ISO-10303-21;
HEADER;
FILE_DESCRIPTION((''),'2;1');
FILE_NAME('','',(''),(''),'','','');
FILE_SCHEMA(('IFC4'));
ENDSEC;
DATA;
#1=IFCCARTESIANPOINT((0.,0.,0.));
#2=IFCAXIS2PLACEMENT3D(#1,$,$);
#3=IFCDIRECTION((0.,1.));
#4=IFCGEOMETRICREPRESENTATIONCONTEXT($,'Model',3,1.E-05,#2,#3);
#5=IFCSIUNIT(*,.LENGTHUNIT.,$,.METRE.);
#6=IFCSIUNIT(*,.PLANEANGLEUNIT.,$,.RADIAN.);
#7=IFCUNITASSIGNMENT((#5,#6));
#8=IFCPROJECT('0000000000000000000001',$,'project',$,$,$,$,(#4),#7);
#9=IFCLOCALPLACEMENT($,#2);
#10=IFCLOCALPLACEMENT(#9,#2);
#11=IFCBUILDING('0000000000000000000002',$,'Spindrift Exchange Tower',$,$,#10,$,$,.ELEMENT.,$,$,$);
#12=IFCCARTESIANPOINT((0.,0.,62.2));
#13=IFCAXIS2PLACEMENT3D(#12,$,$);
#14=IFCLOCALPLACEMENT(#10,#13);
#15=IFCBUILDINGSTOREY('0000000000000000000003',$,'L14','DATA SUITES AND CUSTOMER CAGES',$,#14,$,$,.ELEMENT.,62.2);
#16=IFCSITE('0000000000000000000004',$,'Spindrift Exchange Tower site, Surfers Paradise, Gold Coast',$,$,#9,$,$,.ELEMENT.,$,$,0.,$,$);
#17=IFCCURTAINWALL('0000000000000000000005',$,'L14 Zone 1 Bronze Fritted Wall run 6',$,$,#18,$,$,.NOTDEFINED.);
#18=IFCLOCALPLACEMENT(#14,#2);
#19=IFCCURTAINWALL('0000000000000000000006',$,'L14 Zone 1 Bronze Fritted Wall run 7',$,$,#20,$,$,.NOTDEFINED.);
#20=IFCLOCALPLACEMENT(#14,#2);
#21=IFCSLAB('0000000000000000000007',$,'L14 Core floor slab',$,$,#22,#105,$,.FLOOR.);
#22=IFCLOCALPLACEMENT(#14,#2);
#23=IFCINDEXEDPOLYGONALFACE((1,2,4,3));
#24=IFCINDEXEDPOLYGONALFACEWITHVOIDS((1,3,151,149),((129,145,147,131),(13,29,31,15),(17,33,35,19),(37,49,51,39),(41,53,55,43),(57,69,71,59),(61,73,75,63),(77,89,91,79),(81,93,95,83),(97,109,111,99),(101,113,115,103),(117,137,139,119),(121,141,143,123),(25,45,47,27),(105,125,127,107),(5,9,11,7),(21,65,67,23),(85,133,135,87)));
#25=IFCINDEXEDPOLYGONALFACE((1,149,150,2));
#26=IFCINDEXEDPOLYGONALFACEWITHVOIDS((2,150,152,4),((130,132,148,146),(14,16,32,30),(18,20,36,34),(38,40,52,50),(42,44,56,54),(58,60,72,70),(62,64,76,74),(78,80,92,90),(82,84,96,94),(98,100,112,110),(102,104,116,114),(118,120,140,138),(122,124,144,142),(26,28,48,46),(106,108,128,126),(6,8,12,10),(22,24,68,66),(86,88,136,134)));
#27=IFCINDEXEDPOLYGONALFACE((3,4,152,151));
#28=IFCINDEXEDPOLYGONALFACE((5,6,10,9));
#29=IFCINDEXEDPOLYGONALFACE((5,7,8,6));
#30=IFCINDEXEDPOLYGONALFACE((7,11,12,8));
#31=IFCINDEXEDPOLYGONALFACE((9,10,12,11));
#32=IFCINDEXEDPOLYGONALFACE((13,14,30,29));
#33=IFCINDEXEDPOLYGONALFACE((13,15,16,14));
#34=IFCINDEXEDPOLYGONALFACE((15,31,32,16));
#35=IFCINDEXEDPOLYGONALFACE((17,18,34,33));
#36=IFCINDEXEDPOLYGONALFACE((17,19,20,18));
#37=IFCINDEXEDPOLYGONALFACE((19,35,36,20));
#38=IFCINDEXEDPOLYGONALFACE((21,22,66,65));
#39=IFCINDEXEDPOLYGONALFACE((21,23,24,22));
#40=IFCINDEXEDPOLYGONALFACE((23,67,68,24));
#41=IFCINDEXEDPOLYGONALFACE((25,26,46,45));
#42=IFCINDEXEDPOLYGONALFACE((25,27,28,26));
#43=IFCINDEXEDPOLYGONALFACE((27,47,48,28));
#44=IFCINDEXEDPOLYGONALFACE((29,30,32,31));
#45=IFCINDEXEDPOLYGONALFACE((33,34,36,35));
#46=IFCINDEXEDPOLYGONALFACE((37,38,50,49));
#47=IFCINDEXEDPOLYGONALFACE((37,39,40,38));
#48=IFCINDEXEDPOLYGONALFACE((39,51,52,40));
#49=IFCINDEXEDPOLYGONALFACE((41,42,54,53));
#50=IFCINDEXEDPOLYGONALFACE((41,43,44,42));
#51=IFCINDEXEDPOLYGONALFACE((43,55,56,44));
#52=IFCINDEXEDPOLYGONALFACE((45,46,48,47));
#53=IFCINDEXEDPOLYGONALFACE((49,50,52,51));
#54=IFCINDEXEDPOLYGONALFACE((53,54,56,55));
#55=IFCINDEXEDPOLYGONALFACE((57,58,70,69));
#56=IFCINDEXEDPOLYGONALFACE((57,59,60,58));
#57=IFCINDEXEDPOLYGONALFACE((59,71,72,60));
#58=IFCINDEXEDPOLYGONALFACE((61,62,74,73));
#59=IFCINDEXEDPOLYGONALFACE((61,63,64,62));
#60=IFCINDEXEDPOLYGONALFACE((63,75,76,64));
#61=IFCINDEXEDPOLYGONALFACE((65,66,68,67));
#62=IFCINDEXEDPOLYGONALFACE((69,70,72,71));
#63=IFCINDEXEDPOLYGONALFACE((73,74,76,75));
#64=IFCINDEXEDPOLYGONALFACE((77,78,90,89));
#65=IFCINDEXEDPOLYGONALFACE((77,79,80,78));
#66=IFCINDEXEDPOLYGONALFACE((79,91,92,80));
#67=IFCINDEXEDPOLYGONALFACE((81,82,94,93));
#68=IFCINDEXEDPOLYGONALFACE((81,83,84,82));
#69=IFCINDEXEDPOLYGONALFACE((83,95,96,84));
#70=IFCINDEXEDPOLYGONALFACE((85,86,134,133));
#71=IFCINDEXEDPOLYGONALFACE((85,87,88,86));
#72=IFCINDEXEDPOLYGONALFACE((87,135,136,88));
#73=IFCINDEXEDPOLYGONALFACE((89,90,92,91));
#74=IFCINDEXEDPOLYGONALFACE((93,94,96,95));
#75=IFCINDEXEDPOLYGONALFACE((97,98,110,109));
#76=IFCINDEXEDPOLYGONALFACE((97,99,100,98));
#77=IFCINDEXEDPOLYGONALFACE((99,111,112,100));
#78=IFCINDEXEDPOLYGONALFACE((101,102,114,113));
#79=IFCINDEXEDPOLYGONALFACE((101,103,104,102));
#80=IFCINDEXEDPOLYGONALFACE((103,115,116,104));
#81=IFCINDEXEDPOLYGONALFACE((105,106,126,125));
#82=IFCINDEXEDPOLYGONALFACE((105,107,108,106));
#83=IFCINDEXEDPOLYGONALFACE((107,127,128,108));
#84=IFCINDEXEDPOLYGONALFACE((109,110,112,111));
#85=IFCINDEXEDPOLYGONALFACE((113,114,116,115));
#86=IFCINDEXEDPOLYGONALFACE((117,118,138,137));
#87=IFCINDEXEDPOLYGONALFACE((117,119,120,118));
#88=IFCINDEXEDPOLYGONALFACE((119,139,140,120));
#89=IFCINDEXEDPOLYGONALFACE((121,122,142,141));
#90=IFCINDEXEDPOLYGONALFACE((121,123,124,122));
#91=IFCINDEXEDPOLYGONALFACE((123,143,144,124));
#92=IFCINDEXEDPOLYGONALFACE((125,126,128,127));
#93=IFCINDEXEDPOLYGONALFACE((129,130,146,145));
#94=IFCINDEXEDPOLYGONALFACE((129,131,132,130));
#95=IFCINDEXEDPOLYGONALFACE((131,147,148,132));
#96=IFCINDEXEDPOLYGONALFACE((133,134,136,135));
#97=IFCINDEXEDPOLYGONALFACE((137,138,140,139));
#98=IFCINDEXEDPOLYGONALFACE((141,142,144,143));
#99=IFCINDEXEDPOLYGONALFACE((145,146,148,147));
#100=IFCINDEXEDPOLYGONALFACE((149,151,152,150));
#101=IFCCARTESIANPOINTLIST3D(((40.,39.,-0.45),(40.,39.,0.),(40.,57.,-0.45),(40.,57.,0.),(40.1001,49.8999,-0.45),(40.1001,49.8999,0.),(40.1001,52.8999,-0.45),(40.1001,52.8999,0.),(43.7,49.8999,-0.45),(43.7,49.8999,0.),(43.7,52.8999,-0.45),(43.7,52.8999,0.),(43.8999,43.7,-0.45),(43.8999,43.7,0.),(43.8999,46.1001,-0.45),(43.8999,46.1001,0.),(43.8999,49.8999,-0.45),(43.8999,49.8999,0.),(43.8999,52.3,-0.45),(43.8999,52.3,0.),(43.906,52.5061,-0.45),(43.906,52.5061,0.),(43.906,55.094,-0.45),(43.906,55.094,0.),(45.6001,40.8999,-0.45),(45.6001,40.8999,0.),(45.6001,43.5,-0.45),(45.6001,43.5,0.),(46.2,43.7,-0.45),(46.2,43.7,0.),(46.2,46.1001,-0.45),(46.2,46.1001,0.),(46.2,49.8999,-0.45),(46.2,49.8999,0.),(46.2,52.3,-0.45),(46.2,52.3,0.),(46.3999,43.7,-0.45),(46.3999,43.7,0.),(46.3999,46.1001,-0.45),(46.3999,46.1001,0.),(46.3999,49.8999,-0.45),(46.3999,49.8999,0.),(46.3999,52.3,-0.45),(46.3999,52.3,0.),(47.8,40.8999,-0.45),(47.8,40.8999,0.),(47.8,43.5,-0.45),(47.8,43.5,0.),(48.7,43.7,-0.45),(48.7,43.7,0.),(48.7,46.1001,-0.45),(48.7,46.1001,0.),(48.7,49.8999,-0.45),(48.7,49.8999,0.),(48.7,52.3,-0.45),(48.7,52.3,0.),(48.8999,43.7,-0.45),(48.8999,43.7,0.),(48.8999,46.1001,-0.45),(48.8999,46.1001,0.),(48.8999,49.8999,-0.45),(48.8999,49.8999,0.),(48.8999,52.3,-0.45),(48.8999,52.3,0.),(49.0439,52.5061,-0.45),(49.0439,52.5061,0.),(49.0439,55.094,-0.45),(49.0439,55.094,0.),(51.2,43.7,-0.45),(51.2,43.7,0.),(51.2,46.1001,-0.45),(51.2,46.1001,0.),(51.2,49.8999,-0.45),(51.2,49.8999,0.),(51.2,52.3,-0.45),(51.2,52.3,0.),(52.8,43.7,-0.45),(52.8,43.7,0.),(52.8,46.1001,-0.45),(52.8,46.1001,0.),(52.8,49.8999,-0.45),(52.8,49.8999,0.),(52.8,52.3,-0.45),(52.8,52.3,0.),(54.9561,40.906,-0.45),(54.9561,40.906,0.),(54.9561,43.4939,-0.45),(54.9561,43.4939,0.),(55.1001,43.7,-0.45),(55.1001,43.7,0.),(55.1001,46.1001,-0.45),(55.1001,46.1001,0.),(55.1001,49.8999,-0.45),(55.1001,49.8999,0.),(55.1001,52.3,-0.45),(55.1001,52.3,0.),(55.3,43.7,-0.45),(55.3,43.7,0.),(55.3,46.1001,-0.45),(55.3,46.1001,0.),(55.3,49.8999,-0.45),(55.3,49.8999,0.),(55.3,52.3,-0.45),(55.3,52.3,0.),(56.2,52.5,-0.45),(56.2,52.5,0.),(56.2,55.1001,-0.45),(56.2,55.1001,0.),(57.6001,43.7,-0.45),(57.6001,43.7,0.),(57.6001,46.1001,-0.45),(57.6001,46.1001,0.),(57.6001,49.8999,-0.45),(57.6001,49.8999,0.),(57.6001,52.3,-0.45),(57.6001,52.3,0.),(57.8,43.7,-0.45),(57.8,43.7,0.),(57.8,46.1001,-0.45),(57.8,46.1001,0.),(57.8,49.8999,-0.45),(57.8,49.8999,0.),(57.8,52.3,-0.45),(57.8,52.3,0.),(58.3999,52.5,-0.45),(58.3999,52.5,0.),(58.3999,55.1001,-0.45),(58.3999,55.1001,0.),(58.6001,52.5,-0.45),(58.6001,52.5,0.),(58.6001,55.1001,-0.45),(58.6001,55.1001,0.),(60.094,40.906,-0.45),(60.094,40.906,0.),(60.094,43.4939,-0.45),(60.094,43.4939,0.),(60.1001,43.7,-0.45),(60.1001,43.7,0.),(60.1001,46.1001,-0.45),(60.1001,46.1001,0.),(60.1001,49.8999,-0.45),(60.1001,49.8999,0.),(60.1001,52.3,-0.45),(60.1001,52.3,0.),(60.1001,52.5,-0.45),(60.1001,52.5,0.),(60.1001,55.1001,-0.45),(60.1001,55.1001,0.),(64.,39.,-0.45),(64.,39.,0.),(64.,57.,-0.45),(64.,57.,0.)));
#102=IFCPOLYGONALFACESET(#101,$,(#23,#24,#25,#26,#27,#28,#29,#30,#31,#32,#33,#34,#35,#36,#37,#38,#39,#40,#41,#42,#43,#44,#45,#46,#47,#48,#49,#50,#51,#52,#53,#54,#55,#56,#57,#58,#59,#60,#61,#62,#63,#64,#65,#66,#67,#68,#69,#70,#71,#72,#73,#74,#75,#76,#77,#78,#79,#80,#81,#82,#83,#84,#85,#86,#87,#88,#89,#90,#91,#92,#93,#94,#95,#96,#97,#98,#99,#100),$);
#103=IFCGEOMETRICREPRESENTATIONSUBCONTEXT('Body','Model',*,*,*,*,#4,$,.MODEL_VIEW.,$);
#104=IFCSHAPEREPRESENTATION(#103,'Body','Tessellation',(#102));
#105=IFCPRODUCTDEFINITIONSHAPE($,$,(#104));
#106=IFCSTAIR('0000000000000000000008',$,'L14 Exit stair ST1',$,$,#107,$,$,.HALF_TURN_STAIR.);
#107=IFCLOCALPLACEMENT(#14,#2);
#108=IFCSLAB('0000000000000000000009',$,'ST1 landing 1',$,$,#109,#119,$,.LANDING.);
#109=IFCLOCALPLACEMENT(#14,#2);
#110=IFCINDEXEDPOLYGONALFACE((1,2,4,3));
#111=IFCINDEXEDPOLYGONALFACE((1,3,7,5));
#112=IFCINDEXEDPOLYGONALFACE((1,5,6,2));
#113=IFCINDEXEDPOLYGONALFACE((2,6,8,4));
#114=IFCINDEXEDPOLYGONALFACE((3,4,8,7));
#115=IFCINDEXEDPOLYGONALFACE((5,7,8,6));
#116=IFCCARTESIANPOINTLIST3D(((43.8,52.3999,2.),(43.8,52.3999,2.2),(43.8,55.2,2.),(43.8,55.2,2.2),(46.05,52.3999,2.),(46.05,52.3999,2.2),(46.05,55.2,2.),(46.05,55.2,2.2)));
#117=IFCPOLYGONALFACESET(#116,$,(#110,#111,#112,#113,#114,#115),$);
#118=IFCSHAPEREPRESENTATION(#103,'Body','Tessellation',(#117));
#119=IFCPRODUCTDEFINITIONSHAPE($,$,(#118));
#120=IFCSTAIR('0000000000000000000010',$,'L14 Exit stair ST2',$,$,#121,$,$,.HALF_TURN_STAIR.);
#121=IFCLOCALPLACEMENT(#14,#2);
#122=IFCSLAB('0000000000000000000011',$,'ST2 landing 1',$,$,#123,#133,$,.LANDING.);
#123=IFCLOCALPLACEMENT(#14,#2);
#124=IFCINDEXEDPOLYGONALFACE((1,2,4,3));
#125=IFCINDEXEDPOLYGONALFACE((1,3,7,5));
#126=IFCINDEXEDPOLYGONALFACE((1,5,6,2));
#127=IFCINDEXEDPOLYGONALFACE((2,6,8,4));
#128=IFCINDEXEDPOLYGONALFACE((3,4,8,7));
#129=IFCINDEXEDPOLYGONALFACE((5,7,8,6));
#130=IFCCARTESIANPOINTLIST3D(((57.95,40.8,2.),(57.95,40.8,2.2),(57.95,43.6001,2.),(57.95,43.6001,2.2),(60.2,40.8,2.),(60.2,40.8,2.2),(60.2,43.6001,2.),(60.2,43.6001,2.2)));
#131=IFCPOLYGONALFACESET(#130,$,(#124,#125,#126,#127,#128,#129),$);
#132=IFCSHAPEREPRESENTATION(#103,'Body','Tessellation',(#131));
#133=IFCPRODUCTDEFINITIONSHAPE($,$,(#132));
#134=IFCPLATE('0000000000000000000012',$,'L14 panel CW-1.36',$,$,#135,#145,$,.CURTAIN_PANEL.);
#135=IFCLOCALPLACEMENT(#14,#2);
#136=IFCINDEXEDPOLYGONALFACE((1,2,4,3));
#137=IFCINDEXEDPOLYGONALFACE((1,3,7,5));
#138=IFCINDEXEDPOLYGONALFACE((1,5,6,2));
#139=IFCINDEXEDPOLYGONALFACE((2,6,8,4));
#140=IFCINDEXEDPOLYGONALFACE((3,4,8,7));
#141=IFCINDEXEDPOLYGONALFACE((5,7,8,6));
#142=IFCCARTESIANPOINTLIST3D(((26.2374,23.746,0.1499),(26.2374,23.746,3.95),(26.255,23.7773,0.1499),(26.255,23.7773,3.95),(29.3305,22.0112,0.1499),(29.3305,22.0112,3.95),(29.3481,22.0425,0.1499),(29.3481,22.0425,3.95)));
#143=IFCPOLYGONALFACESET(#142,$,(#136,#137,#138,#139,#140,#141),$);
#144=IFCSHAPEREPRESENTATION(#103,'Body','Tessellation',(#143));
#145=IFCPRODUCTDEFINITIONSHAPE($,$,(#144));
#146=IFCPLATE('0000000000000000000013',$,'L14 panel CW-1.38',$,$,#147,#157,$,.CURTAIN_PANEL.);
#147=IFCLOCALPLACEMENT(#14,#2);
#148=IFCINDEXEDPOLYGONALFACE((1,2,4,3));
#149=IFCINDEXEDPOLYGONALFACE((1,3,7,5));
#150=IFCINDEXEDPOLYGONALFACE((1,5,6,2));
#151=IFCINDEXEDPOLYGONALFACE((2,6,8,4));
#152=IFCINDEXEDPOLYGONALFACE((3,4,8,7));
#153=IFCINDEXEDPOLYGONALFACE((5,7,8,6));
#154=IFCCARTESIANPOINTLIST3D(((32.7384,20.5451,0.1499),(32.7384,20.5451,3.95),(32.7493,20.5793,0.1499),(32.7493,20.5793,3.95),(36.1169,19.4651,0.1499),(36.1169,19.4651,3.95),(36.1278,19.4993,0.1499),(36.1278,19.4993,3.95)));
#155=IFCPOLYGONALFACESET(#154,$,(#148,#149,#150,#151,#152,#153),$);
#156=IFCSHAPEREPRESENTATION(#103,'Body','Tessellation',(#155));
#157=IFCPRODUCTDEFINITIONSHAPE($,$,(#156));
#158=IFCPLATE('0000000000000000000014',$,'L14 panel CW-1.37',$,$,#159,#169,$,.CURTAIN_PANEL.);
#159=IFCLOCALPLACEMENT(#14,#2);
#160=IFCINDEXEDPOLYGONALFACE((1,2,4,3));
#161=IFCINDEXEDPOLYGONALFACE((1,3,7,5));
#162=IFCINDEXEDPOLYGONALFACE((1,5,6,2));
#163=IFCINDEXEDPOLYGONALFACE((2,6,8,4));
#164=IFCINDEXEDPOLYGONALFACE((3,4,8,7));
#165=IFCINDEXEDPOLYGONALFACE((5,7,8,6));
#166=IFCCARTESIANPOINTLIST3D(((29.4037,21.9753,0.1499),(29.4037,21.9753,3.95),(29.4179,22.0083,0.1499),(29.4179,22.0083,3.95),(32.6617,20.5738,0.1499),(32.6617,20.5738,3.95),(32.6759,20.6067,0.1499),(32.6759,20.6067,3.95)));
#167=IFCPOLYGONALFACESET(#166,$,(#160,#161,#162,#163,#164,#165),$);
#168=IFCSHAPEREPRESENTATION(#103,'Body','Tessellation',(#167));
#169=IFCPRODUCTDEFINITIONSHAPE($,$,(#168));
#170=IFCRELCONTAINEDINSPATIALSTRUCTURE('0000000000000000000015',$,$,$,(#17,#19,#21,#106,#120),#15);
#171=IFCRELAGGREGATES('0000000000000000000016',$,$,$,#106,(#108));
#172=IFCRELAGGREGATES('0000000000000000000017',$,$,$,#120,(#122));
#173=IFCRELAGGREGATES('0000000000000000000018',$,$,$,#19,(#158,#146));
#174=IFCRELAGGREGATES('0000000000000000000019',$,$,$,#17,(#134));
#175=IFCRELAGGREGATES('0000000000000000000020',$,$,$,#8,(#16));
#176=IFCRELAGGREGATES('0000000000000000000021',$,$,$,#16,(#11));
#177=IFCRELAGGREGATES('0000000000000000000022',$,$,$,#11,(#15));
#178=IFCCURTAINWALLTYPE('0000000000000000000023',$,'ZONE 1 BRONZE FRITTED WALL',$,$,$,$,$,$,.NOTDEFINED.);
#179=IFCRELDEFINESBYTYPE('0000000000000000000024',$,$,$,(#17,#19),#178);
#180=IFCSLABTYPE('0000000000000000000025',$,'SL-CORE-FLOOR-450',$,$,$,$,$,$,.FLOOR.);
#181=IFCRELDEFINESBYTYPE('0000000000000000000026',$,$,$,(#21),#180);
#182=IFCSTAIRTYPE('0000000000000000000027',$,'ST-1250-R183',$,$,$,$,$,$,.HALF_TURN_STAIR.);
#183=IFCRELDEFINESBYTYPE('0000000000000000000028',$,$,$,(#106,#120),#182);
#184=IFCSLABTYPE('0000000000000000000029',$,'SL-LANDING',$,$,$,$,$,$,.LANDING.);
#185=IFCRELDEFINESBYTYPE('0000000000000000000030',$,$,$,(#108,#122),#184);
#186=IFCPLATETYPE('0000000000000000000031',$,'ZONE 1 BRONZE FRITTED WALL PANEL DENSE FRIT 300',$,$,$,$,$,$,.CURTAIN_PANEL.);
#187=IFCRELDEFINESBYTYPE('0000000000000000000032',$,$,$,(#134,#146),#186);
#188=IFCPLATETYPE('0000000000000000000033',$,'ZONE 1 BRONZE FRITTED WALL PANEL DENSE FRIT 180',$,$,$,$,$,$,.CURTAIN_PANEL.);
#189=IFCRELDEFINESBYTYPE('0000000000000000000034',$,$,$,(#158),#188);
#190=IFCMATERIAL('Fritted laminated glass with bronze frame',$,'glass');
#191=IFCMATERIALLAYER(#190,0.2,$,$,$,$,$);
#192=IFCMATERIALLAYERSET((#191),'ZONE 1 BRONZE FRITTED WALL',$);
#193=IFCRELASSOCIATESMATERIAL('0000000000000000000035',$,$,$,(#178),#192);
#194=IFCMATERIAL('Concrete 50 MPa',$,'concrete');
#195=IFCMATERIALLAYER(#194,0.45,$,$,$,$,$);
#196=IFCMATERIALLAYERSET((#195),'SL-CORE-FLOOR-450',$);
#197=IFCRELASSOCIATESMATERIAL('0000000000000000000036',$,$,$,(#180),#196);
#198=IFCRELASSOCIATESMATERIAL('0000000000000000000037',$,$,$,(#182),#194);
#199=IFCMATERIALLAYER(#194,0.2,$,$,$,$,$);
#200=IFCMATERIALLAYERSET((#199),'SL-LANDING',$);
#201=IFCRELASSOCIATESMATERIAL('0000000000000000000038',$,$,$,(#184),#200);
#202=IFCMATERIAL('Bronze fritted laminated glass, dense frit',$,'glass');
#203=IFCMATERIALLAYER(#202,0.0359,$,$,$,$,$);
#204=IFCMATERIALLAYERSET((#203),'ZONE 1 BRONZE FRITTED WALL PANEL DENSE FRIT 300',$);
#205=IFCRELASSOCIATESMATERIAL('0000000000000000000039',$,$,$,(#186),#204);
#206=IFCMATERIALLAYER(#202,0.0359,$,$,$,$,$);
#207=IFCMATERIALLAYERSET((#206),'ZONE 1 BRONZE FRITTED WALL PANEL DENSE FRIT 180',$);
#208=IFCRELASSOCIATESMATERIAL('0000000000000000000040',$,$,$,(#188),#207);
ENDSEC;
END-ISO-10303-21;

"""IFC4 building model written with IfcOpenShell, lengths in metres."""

from ifc_helpers import new_model, si_unit, direction, frame, origin, origin_2d, place, context, subcontext, project, spatial, line, indexed_curve, rectangle, outline, extrude, source, transform, mapped, material, layer, layer_set, type_object, element, aggregate, save


model = new_model("IFC4")

# Units and contexts
model_context = context("Model", 3, precision=1e-05, world=origin(), true_north=direction((0.0, 1.0)))
body_context = subcontext(model_context, "Body", "Model", "MODEL_VIEW")
ifc_project = project(units=[si_unit("LENGTHUNIT", "METRE"), si_unit("PLANEANGLEUNIT", "RADIAN")], contexts=[model_context])

# Site, building, storey
site_placement = place(None, origin())
site = spatial("IfcSite", under=ifc_project, at=site_placement, Name="Spindrift Exchange Tower site, Surfers Paradise, Gold Coast", CompositionType="ELEMENT", RefElevation=0.0)
building_placement = place(site_placement, origin())
building = spatial("IfcBuilding", under=site, at=building_placement, Name="Spindrift Exchange Tower", CompositionType="ELEMENT")
storey_placement = place(building_placement, frame((0.0, 0.0, 62.2)))
storey = spatial("IfcBuildingStorey", under=building, at=storey_placement, Name="L14", Description="DATA SUITES AND CUSTOMER CAGES", CompositionType="ELEMENT", Elevation=62.2)

# Curtain walls
ifc_material_1 = material(Name="Fritted laminated glass with bronze frame", Category="glass")
ifc_layer_1 = layer(ifc_material_1, 0.2)
ifc_layer_set_1 = layer_set([ifc_layer_1], Name="ZONE 1 BRONZE FRITTED WALL")
curtain_wall_type = type_object("IfcCurtainWallType", Name="ZONE 1 BRONZE FRITTED WALL", PredefinedType="NOTDEFINED", material=ifc_layer_set_1)
curtain_wall_1_placement = place(storey_placement, origin())
curtain_wall_1 = element("IfcCurtainWall", 1, at=curtain_wall_1_placement, inside=storey, type_object=curtain_wall_type, Name="L14 Zone 1 Bronze Fritted Wall run 6", PredefinedType="NOTDEFINED")
curtain_wall_2_placement = place(storey_placement, origin())
curtain_wall_2 = element("IfcCurtainWall", 2, at=curtain_wall_2_placement, inside=storey, type_object=curtain_wall_type, Name="L14 Zone 1 Bronze Fritted Wall run 7", PredefinedType="NOTDEFINED")

# Slab
ifc_material_2 = material(Name="Concrete 50 MPa", Category="concrete")
ifc_layer_2 = layer(ifc_material_2, 0.45)
ifc_layer_set_2 = layer_set([ifc_layer_2], Name="SL-CORE-FLOOR-450")
slab_type_1 = type_object("IfcSlabType", Name="SL-CORE-FLOOR-450", PredefinedType="FLOOR", material=ifc_layer_set_2)
slab_1_placement = place(storey_placement, frame((0.0, 0.0, -0.45)))
element("IfcSlab", 3, at=slab_1_placement, inside=storey, type_object=slab_type_1, Name="L14 Core floor slab", PredefinedType="FLOOR", context=body_context, shape_type="SweptSolid", body=[
    extrude(outline(indexed_curve([(40.0, 39.0), (40.0, 57.0), (64.0, 57.0), (64.0, 39.0)], segments=[line(1, 2, 3, 4, 1)], self_intersect=False), holes=[indexed_curve([(47.8, 43.5), (45.6001, 43.5), (45.6001, 40.8999), (47.8, 40.8999)], segments=[line(1, 2, 3, 4, 1)], self_intersect=False), indexed_curve([(46.2, 46.1001), (43.8999, 46.1001), (43.8999, 43.7), (46.2, 43.7)], segments=[line(1, 2, 3, 4, 1)], self_intersect=False), indexed_curve([(48.7, 46.1001), (46.3999, 46.1001), (46.3999, 43.7), (48.7, 43.7)], segments=[line(1, 2, 3, 4, 1)], self_intersect=False), indexed_curve([(51.2, 46.1001), (48.8999, 46.1001), (48.8999, 43.7), (51.2, 43.7)], segments=[line(1, 2, 3, 4, 1)], self_intersect=False), indexed_curve([(46.2, 52.3), (43.8999, 52.3), (43.8999, 49.8999), (46.2, 49.8999)], segments=[line(1, 2, 3, 4, 1)], self_intersect=False), indexed_curve([(48.7, 52.3), (46.3999, 52.3), (46.3999, 49.8999), (48.7, 49.8999)], segments=[line(1, 2, 3, 4, 1)], self_intersect=False), indexed_curve([(51.2, 52.3), (48.8999, 52.3), (48.8999, 49.8999), (51.2, 49.8999)], segments=[line(1, 2, 3, 4, 1)], self_intersect=False), indexed_curve([(43.7, 49.8999), (43.7, 52.8999), (40.1001, 52.8999), (40.1001, 49.8999)], segments=[line(1, 2, 3, 4, 1)], self_intersect=False), indexed_curve([(49.0439, 55.094), (43.906, 55.094), (43.906, 52.5061), (49.0439, 52.5061)], segments=[line(1, 2, 3, 4, 1)], self_intersect=False), indexed_curve([(60.094, 40.906), (60.094, 43.4939), (54.9561, 43.4939), (54.9561, 40.906)], segments=[line(1, 2, 3, 4, 1)], self_intersect=False), indexed_curve([(55.1001, 46.1001), (52.8, 46.1001), (52.8, 43.7), (55.1001, 43.7)], segments=[line(1, 2, 3, 4, 1)], self_intersect=False), indexed_curve([(57.6001, 46.1001), (55.3, 46.1001), (55.3, 43.7), (57.6001, 43.7)], segments=[line(1, 2, 3, 4, 1)], self_intersect=False), indexed_curve([(60.1001, 46.1001), (57.8, 46.1001), (57.8, 43.7), (60.1001, 43.7)], segments=[line(1, 2, 3, 4, 1)], self_intersect=False), indexed_curve([(55.1001, 52.3), (52.8, 52.3), (52.8, 49.8999), (55.1001, 49.8999)], segments=[line(1, 2, 3, 4, 1)], self_intersect=False), indexed_curve([(57.6001, 52.3), (55.3, 52.3), (55.3, 49.8999), (57.6001, 49.8999)], segments=[line(1, 2, 3, 4, 1)], self_intersect=False), indexed_curve([(60.1001, 52.3), (57.8, 52.3), (57.8, 49.8999), (60.1001, 49.8999)], segments=[line(1, 2, 3, 4, 1)], self_intersect=False), indexed_curve([(58.3999, 52.5), (58.3999, 55.1001), (56.2, 55.1001), (56.2, 52.5)], segments=[line(1, 2, 3, 4, 1)], self_intersect=False), indexed_curve([(60.1001, 52.5), (60.1001, 55.1001), (58.6001, 55.1001), (58.6001, 52.5)], segments=[line(1, 2, 3, 4, 1)], self_intersect=False)]), origin(), (0.0, 0.0, 1.0), 0.45),
])

# Stairs, slabs
stair_type = type_object("IfcStairType", Name="ST-1250-R183", PredefinedType="HALF_TURN_STAIR", material=ifc_material_2)
stair_1_placement = place(storey_placement, origin())
stair_1 = element("IfcStair", 4, at=stair_1_placement, inside=storey, type_object=stair_type, Name="L14 Exit stair ST1", PredefinedType="HALF_TURN_STAIR")
ifc_layer_3 = layer(ifc_material_2, 0.2)
ifc_layer_set_3 = layer_set([ifc_layer_3], Name="SL-LANDING")
slab_type_2 = type_object("IfcSlabType", Name="SL-LANDING", PredefinedType="LANDING", material=ifc_layer_set_3)
slab_2_placement = place(storey_placement, frame((0.0, 0.0, 2.0)))
slab_2 = element("IfcSlab", 5, at=slab_2_placement, type_object=slab_type_2, Name="ST1 landing 1", PredefinedType="LANDING", context=body_context, shape_type="SweptSolid", body=[
    extrude(outline(indexed_curve([(46.05, 52.3999), (43.8, 52.3999), (43.8, 55.2), (46.05, 55.2)], segments=[line(1, 2, 3, 4, 1)], self_intersect=False)), origin(), (0.0, 0.0, 1.0), 0.2),
])
aggregate(stair_1, [slab_2])
stair_2_placement = place(storey_placement, origin())
stair_2 = element("IfcStair", 6, at=stair_2_placement, inside=storey, type_object=stair_type, Name="L14 Exit stair ST2", PredefinedType="HALF_TURN_STAIR")
slab_3_placement = place(storey_placement, frame((0.0, 0.0, 2.0)))
slab_3 = element("IfcSlab", 7, at=slab_3_placement, type_object=slab_type_2, Name="ST2 landing 1", PredefinedType="LANDING", context=body_context, shape_type="SweptSolid", body=[
    extrude(outline(indexed_curve([(57.95, 43.6001), (60.2, 43.6001), (60.2, 40.8), (57.95, 40.8)], segments=[line(1, 2, 3, 4, 1)], self_intersect=False)), origin(), (0.0, 0.0, 1.0), 0.2),
])
aggregate(stair_2, [slab_3])

# Plates
ifc_material_3 = material(Name="Bronze fritted laminated glass, dense frit", Category="glass")
ifc_layer_4 = layer(ifc_material_3, 0.0359)
ifc_layer_set_4 = layer_set([ifc_layer_4], Name="ZONE 1 BRONZE FRITTED WALL PANEL DENSE FRIT 300")
plate_type_1 = type_object("IfcPlateType", Name="ZONE 1 BRONZE FRITTED WALL PANEL DENSE FRIT 300", PredefinedType="CURTAIN_PANEL", material=ifc_layer_set_4)
shared_shape_1 = source(origin(), body_context, "Body", "SweptSolid", [
    extrude(rectangle(XDim=3.5464, YDim=0.0359, at=origin_2d()), origin(), (0.0, 0.0, 1.0), 3.8),
])
plate_1_placement = place(storey_placement, frame((27.7927, 22.8943, 0.1499), z_axis=(0.0, 0.0, 1.0), x_axis=(0.872185, -0.489177, 0.0)))
plate_1 = element("IfcPlate", 8, at=plate_1_placement, type_object=plate_type_1, Name="L14 panel CW-1.36", PredefinedType="CURTAIN_PANEL", context=body_context, shape_type="MappedRepresentation", body=[
    mapped(shared_shape_1, transform((0.0, 0.0, 0.0), scale=1.0)),
])
shared_shape_2 = source(origin(), body_context, "Body", "SweptSolid", [
    extrude(rectangle(XDim=3.5469, YDim=0.0359, at=origin_2d()), origin(), (0.0, 0.0, 1.0), 3.8),
])
plate_2_placement = place(storey_placement, frame((34.4331, 20.0222, 0.1499), z_axis=(0.0, 0.0, 1.0), x_axis=(0.952512, -0.3045, 0.0)))
plate_2 = element("IfcPlate", 9, at=plate_2_placement, type_object=plate_type_1, Name="L14 panel CW-1.38", PredefinedType="CURTAIN_PANEL", context=body_context, shape_type="MappedRepresentation", body=[
    mapped(shared_shape_2, transform((0.0, 0.0, 0.0), scale=1.0)),
])
ifc_layer_5 = layer(ifc_material_3, 0.0359)
ifc_layer_set_5 = layer_set([ifc_layer_5], Name="ZONE 1 BRONZE FRITTED WALL PANEL DENSE FRIT 180")
plate_type_2 = type_object("IfcPlateType", Name="ZONE 1 BRONZE FRITTED WALL PANEL DENSE FRIT 180", PredefinedType="CURTAIN_PANEL", material=ifc_layer_set_5)
shared_shape_3 = source(origin(), body_context, "Body", "SweptSolid", [
    extrude(rectangle(XDim=3.5466, YDim=0.0359, at=origin_2d()), origin(), (0.0, 0.0, 1.0), 3.8),
])
plate_3_placement = place(storey_placement, frame((31.0398, 21.291, 0.1499), z_axis=(0.0, 0.0, 1.0), x_axis=(0.918604, -0.39518, 0.0)))
plate_3 = element("IfcPlate", 10, at=plate_3_placement, type_object=plate_type_2, Name="L14 panel CW-1.37", PredefinedType="CURTAIN_PANEL", context=body_context, shape_type="MappedRepresentation", body=[
    mapped(shared_shape_3, transform((0.0, 0.0, 0.0), scale=1.0)),
])
aggregate(curtain_wall_2, [plate_3, plate_2])
aggregate(curtain_wall_1, [plate_1])

save(model, "model.ifc")
